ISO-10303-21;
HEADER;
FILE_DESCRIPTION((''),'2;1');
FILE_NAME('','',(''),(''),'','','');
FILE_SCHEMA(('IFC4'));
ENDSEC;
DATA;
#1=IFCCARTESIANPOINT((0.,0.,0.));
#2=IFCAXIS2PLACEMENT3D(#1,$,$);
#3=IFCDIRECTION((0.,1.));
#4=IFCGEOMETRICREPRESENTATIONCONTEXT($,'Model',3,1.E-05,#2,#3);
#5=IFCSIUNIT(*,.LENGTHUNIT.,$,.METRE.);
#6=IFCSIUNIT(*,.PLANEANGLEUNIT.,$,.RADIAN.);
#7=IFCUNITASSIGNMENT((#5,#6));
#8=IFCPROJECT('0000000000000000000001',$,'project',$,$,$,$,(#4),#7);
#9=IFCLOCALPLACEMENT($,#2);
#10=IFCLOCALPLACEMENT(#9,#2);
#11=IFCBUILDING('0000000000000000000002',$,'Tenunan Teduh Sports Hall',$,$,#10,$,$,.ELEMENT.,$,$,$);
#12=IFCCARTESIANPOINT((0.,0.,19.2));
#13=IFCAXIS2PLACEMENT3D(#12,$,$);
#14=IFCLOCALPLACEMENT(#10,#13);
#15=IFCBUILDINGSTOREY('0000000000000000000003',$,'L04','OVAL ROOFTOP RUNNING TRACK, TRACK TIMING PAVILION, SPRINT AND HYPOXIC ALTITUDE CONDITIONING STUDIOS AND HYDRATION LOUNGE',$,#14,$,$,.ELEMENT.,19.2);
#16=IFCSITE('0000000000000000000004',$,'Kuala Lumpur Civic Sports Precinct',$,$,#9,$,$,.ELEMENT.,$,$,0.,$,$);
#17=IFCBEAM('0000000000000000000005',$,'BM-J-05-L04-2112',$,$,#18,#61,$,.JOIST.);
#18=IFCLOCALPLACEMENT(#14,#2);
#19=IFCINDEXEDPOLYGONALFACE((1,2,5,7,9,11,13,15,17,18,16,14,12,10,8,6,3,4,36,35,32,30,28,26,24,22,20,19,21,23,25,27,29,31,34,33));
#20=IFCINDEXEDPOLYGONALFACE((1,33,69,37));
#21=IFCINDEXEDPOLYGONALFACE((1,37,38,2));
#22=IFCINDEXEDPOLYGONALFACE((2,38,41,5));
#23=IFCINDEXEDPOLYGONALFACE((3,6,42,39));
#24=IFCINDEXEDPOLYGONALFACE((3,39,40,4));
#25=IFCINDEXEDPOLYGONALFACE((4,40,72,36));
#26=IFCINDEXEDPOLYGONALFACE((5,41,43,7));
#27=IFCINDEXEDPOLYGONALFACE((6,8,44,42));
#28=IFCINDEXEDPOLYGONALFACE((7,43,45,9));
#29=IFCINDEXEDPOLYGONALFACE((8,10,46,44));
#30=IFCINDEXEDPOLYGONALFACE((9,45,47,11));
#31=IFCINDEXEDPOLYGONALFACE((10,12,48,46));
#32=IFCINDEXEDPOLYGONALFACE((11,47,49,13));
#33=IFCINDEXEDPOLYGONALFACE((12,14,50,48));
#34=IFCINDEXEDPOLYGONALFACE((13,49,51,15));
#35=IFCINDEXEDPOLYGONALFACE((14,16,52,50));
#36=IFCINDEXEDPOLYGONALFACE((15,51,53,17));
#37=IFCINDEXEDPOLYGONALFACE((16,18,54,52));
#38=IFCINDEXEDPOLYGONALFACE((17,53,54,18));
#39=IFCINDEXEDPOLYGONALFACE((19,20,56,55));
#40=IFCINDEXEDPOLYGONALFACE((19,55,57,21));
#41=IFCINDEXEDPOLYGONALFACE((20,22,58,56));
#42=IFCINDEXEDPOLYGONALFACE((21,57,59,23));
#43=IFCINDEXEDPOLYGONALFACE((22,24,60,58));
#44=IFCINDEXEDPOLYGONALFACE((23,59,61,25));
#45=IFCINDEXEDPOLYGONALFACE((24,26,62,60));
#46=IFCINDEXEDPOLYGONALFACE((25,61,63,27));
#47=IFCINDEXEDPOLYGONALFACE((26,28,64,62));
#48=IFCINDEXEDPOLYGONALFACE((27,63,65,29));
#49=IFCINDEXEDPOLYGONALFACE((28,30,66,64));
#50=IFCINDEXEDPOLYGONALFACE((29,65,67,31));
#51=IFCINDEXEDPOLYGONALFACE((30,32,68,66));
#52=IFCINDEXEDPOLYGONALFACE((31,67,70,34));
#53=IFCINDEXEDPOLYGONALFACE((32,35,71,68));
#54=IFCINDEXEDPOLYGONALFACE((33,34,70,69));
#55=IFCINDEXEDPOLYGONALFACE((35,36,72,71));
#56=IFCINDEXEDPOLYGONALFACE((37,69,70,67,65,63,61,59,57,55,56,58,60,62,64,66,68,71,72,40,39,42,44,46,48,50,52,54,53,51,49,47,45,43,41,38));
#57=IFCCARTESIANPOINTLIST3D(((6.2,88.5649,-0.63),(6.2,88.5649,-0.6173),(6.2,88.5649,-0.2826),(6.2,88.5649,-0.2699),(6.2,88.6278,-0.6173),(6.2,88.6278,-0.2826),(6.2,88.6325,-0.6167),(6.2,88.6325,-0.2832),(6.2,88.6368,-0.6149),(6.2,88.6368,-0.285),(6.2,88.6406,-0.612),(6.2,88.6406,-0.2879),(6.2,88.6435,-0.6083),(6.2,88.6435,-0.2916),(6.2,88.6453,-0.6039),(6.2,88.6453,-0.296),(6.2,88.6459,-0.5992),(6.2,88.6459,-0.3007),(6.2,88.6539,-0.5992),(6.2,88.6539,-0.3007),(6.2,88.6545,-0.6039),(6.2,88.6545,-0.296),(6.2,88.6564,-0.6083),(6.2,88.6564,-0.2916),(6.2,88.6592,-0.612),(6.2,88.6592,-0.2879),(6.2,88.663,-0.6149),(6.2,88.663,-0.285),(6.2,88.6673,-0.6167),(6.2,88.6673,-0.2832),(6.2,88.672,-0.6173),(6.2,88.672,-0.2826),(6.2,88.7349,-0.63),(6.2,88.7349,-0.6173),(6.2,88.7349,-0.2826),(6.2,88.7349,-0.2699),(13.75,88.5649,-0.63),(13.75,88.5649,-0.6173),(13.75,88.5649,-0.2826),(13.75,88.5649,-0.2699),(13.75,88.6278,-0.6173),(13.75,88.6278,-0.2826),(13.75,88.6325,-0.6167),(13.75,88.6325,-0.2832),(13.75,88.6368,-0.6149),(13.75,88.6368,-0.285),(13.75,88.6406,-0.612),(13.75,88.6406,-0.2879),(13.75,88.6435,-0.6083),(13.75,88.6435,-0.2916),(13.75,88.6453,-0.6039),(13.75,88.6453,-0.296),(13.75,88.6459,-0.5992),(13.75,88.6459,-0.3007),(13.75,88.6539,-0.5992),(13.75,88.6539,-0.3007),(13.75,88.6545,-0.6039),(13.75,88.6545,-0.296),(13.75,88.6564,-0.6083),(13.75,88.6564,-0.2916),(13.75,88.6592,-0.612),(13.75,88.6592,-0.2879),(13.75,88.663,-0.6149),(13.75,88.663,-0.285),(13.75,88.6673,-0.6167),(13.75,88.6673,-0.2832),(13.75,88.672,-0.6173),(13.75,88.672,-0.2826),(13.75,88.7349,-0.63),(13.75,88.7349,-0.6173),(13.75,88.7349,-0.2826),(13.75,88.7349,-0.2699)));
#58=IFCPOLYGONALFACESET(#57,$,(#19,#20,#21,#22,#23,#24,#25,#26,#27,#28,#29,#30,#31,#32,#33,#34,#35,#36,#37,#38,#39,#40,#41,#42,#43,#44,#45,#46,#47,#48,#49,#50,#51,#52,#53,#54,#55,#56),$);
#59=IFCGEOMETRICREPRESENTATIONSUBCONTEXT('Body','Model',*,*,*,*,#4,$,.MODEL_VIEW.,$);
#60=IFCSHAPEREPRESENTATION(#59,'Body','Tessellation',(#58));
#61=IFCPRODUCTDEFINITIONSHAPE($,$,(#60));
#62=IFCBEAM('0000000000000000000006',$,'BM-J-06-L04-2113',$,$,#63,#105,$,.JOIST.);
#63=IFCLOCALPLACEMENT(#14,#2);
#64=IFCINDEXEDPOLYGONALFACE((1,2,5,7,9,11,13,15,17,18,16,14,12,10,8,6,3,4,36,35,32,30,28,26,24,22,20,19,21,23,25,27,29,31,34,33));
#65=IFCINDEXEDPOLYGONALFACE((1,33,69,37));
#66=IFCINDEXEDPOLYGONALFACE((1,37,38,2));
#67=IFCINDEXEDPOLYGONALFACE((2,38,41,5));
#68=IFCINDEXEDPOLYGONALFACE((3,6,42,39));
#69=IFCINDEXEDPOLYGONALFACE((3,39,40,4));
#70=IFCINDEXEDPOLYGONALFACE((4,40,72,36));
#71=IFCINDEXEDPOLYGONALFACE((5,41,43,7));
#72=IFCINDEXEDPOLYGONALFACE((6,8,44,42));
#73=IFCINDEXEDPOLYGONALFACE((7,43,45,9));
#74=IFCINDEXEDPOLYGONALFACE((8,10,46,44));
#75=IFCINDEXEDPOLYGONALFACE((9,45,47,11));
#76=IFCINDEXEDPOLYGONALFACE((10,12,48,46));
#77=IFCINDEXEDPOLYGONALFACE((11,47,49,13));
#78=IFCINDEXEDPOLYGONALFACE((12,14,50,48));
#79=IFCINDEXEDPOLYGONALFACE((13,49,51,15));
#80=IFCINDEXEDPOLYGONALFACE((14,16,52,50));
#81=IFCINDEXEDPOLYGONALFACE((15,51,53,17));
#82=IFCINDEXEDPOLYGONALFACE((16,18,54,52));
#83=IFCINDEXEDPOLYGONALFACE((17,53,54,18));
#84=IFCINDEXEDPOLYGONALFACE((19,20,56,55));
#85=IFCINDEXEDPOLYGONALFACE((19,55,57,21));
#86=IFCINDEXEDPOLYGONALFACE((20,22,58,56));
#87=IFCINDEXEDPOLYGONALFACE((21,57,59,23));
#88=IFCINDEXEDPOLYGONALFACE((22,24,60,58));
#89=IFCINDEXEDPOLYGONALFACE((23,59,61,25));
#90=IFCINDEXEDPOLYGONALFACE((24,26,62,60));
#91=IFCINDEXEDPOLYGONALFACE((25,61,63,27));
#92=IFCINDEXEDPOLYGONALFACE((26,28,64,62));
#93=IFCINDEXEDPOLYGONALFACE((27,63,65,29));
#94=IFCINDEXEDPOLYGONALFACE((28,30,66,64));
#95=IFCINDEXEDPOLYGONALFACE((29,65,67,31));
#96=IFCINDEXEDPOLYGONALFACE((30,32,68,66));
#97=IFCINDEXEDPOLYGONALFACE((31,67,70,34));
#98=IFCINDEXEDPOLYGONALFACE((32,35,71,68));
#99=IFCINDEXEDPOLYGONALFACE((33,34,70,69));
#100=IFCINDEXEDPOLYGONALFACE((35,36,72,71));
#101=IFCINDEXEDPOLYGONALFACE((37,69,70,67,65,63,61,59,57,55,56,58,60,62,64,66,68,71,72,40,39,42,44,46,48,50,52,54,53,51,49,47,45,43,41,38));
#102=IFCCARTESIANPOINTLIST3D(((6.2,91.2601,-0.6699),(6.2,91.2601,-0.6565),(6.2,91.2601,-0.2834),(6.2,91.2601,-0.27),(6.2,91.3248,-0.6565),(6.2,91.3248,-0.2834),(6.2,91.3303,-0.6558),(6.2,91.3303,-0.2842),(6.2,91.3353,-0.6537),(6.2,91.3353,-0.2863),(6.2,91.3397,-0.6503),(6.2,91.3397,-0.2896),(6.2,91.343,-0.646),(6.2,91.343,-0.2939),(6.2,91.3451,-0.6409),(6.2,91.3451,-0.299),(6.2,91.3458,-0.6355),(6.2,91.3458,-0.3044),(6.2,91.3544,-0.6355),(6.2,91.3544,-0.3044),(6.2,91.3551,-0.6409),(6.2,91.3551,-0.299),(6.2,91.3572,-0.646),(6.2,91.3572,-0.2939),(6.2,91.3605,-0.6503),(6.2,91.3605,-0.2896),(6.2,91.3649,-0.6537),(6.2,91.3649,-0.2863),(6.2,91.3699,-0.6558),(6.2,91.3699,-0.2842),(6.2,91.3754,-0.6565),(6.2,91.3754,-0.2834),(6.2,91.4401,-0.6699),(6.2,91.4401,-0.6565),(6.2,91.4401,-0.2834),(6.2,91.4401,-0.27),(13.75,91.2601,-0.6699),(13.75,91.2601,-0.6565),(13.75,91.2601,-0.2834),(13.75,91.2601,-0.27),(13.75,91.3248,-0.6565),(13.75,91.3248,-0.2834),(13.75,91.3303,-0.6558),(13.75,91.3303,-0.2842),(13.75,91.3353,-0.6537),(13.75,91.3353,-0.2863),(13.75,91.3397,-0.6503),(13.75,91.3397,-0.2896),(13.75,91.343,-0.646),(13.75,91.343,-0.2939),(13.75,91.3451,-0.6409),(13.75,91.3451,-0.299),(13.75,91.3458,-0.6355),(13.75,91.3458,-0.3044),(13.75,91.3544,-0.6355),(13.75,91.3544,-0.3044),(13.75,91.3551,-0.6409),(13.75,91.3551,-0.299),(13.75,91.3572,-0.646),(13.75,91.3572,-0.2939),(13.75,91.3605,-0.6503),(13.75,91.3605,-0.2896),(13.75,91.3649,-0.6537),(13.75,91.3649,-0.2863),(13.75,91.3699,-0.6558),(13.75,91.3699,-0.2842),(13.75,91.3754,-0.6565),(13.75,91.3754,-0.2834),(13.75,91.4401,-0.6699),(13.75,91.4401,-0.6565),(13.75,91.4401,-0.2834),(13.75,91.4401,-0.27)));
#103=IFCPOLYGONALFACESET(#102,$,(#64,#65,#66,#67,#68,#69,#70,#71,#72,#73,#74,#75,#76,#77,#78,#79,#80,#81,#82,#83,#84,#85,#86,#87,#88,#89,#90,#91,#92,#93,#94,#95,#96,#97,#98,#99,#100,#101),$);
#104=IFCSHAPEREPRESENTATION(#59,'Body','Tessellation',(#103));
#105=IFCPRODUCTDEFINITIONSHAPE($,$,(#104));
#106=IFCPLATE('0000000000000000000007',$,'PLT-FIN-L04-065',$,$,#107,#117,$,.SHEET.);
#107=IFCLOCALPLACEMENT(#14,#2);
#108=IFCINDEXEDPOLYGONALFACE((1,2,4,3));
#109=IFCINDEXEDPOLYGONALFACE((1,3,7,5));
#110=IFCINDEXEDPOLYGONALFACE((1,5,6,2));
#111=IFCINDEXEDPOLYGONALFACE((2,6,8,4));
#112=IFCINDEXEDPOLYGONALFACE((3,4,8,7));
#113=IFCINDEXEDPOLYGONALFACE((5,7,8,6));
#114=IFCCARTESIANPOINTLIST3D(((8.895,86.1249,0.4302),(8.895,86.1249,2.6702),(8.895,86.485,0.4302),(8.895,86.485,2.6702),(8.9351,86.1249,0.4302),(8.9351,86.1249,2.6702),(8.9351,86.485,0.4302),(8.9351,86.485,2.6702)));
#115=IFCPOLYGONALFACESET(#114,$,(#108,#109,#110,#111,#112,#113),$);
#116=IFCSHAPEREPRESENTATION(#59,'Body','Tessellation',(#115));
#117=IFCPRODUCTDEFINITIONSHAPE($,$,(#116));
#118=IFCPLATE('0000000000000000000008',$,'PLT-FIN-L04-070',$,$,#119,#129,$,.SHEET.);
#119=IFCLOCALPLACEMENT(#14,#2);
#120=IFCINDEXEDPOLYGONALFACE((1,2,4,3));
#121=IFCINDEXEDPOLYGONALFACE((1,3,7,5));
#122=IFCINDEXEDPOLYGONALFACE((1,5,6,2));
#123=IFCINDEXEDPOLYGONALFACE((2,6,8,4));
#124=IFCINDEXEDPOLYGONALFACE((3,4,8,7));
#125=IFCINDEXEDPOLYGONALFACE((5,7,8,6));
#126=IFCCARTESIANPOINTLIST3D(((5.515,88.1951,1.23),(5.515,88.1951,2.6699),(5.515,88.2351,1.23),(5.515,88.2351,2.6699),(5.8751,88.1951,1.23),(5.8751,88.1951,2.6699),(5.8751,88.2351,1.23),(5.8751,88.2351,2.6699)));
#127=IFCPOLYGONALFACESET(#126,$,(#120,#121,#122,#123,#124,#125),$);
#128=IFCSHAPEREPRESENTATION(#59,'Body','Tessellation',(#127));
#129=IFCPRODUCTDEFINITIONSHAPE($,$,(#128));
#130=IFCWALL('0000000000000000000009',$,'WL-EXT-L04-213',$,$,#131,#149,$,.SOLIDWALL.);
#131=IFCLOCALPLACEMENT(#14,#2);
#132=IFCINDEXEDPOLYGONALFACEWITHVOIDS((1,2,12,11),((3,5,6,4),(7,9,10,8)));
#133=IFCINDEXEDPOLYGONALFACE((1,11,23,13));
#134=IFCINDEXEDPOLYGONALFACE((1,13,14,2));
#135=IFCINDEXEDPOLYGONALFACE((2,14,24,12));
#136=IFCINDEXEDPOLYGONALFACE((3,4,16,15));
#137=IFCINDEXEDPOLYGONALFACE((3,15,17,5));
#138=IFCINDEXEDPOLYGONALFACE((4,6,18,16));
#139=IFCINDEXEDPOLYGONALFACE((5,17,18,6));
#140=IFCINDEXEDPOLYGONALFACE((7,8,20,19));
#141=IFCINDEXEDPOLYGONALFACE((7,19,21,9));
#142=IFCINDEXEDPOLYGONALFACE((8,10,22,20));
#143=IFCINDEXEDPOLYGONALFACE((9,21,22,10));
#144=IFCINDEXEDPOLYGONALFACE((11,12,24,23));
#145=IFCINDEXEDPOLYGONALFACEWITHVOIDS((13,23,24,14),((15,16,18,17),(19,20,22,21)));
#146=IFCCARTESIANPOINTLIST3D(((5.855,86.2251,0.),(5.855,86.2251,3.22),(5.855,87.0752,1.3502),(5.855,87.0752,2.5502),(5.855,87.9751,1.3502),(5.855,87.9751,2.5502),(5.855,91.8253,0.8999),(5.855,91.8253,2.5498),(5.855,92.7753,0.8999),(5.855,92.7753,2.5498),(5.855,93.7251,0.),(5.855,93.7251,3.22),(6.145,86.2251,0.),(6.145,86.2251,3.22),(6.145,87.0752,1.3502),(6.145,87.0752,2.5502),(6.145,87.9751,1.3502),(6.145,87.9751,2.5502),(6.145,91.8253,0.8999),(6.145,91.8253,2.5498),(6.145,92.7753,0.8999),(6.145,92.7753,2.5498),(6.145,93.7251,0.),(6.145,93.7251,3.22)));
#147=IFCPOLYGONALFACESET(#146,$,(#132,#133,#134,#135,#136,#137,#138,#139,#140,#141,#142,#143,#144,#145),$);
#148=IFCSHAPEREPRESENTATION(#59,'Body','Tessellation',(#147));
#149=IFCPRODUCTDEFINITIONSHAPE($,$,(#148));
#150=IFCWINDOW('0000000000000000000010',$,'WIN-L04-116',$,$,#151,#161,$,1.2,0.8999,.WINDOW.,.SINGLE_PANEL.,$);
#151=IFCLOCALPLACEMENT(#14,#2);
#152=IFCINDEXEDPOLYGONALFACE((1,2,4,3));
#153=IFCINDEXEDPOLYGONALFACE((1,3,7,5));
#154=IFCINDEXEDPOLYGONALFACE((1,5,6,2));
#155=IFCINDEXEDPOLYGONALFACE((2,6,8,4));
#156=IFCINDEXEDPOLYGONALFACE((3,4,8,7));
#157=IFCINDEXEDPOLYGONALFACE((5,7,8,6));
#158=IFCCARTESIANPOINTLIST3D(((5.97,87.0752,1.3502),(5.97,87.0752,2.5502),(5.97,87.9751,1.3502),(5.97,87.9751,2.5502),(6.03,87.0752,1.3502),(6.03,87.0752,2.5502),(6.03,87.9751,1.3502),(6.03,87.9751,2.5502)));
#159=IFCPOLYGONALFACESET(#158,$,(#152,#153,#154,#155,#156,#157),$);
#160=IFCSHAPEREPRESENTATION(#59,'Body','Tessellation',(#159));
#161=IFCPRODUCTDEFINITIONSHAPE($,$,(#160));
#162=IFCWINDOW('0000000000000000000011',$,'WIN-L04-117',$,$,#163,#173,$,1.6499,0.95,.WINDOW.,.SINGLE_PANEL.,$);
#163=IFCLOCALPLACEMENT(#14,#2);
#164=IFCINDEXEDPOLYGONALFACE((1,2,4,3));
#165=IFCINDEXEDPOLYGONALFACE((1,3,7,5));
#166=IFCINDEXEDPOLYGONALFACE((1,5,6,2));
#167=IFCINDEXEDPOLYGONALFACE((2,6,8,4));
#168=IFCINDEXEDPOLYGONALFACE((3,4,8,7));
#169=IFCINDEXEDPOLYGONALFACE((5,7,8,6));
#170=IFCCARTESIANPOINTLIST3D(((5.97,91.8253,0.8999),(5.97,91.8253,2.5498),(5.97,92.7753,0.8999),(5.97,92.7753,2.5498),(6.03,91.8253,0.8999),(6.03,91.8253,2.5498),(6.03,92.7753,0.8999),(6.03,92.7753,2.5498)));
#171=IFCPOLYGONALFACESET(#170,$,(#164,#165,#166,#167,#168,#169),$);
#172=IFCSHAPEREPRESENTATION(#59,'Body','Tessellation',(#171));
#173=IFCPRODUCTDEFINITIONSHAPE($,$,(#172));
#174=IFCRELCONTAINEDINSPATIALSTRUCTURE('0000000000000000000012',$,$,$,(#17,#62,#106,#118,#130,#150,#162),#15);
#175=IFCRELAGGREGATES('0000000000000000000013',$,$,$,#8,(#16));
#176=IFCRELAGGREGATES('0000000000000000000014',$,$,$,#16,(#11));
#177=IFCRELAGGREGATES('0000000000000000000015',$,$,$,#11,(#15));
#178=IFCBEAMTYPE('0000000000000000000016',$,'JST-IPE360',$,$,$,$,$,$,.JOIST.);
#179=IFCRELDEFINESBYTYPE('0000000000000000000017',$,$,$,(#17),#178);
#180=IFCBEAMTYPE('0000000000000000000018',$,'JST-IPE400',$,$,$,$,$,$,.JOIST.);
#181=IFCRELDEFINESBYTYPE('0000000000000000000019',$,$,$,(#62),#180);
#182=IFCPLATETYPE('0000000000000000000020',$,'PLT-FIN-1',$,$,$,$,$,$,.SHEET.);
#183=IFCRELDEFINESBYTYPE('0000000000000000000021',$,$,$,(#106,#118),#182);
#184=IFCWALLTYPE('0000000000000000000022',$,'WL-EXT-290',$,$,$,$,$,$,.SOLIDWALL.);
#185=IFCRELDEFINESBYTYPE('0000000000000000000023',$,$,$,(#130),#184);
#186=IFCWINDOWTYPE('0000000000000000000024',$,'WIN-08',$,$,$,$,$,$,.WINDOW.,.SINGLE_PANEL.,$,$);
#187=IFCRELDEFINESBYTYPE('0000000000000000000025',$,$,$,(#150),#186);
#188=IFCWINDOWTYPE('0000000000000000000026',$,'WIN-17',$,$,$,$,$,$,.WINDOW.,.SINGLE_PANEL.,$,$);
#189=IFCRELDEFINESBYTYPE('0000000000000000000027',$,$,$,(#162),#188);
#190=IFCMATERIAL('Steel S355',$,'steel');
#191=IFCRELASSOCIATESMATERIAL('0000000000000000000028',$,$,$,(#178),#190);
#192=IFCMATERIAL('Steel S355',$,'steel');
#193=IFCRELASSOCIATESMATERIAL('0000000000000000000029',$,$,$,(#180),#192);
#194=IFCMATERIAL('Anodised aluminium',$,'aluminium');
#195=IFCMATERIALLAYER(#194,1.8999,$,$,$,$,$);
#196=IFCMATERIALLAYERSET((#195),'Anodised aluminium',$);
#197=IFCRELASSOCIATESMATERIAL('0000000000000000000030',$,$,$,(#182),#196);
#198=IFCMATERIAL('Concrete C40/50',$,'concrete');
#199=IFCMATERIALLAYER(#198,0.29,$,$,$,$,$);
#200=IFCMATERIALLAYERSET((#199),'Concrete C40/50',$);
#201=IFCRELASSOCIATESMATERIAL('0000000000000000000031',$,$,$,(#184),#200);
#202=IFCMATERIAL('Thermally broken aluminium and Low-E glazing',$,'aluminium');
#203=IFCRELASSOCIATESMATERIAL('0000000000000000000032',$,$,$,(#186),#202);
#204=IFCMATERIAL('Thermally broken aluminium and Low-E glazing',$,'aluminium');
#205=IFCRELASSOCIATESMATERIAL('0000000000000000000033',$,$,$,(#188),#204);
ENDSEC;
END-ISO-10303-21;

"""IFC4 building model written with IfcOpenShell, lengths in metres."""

from ifc_helpers import new_model, si_unit, direction, frame, frame_2d, origin, origin_2d, place, context, subcontext, project, spatial, rectangle, i_section, extrude, material, layer, layer_set, material_profile, profile_set, type_object, element, fill, save


model = new_model("IFC4")

# Units and contexts
model_context = context("Model", 3, precision=1e-05, world=origin(), true_north=direction((0.0, 1.0)))
body_context = subcontext(model_context, "Body", "Model", "MODEL_VIEW")
ifc_project = project(units=[si_unit("LENGTHUNIT", "METRE"), si_unit("PLANEANGLEUNIT", "RADIAN")], contexts=[model_context])

# Site, building, storey
site_placement = place(None, origin())
site = spatial("IfcSite", under=ifc_project, at=site_placement, Name="Kuala Lumpur Civic Sports Precinct", CompositionType="ELEMENT", RefElevation=0.0)
building_placement = place(site_placement, origin())
building = spatial("IfcBuilding", under=site, at=building_placement, Name="Tenunan Teduh Sports Hall", CompositionType="ELEMENT")
storey_placement = place(building_placement, frame((0.0, 0.0, 19.2)))
storey = spatial("IfcBuildingStorey", under=building, at=storey_placement, Name="L04", Description="OVAL ROOFTOP RUNNING TRACK, TRACK TIMING PAVILION, SPRINT AND HYPOXIC ALTITUDE CONDITIONING STUDIOS AND HYDRATION LOUNGE", CompositionType="ELEMENT", Elevation=19.2)

# Beams
ifc_material_1 = material(Name="Steel S355", Category="steel")
ifc_material_profile_1 = material_profile(ifc_material_1, i_section(OverallWidth=0.1699, OverallDepth=0.3601, WebThickness=0.0081, FlangeThickness=0.0127, FilletRadius=0.0181, at=origin_2d()), Name="IPE 360")
ifc_profile_set_1 = profile_set([ifc_material_profile_1], Name="Steel S355")
beam_type_1 = type_object("IfcBeamType", Name="JST-IPE360", PredefinedType="JOIST", material=ifc_profile_set_1)
beam_1_placement = place(storey_placement, frame((6.2, 88.6499, -0.45), z_axis=(1.0, 0.0, 0.0), x_axis=(0.0, 1.0, 0.0)))
element("IfcBeam", 1, at=beam_1_placement, inside=storey, type_object=beam_type_1, Name="BM-J-05-L04-2112", PredefinedType="JOIST", context=body_context, shape_type="SweptSolid", body=[
    extrude(i_section(OverallWidth=0.1699, OverallDepth=0.3601, WebThickness=0.0081, FlangeThickness=0.0127, FilletRadius=0.0181, at=origin_2d()), origin(), (0.0, 0.0, 1.0), 7.55),
])
ifc_material_2 = material(Name="Steel S355", Category="steel")
ifc_material_profile_2 = material_profile(ifc_material_2, i_section(OverallWidth=0.1799, OverallDepth=0.3999, WebThickness=0.0085, FlangeThickness=0.0134, FilletRadius=0.021, at=origin_2d()), Name="IPE 400")
ifc_profile_set_2 = profile_set([ifc_material_profile_2], Name="Steel S355")
beam_type_2 = type_object("IfcBeamType", Name="JST-IPE400", PredefinedType="JOIST", material=ifc_profile_set_2)
beam_2_placement = place(storey_placement, frame((6.2, 91.3501, -0.47), z_axis=(1.0, 0.0, 0.0), x_axis=(0.0, 1.0, 0.0)))
element("IfcBeam", 2, at=beam_2_placement, inside=storey, type_object=beam_type_2, Name="BM-J-06-L04-2113", PredefinedType="JOIST", context=body_context, shape_type="SweptSolid", body=[
    extrude(i_section(OverallWidth=0.1799, OverallDepth=0.3999, WebThickness=0.0085, FlangeThickness=0.0134, FilletRadius=0.021, at=origin_2d()), origin(), (0.0, 0.0, 1.0), 7.55),
])

# Plates
ifc_material_3 = material(Name="Anodised aluminium", Category="aluminium")
ifc_layer_1 = layer(ifc_material_3, 1.8999)
ifc_layer_set_1 = layer_set([ifc_layer_1], Name="Anodised aluminium")
plate_type = type_object("IfcPlateType", Name="PLT-FIN-1", PredefinedType="SHEET", material=ifc_layer_set_1)
plate_1_placement = place(storey_placement, frame((8.915, 86.3049, 0.4302), z_axis=(0.0, 0.0, 1.0), x_axis=(1.0, 0.0, 0.0)))
element("IfcPlate", 3, at=plate_1_placement, inside=storey, type_object=plate_type, Name="PLT-FIN-L04-065", PredefinedType="SHEET", context=body_context, shape_type="SweptSolid", body=[
    extrude(rectangle(XDim=0.04, YDim=0.3601, at=origin_2d()), origin(), (0.0, 0.0, 1.0), 2.24),
])
plate_2_placement = place(storey_placement, frame((5.6951, 88.2151, 1.23), z_axis=(0.0, 0.0, 1.0), x_axis=(0.0, 1.0, 0.0)))
element("IfcPlate", 4, at=plate_2_placement, inside=storey, type_object=plate_type, Name="PLT-FIN-L04-070", PredefinedType="SHEET", context=body_context, shape_type="SweptSolid", body=[
    extrude(rectangle(XDim=0.04, YDim=0.3601, at=origin_2d()), origin(), (0.0, 0.0, 1.0), 1.4399),
])

# Wall, openings, windows
ifc_material_4 = material(Name="Concrete C40/50", Category="concrete")
ifc_layer_2 = layer(ifc_material_4, 0.29)
ifc_layer_set_2 = layer_set([ifc_layer_2], Name="Concrete C40/50")
wall_type_1 = type_object("IfcWallType", Name="WL-EXT-290", PredefinedType="SOLIDWALL", material=ifc_layer_set_2)
wall_1_placement = place(storey_placement, frame((6.0, 86.2251, 0.0), z_axis=(0.0, 0.0, 1.0), x_axis=(0.0, 1.0, 0.0)))
wall_1 = element("IfcWall", 5, at=wall_1_placement, inside=storey, type_object=wall_type_1, Name="WL-EXT-L04-213", PredefinedType="SOLIDWALL", context=body_context, shape_type="SweptSolid", body=[
    extrude(rectangle(XDim=7.5, YDim=0.29, at=frame_2d((3.75, 0.0))), origin(), (0.0, 0.0, 1.0), 3.22),
])
opening_1_placement = place(wall_1_placement, frame((0.8501, 0.0, 1.3501)))
opening_1 = element("IfcOpeningElement", 6, at=opening_1_placement, cuts=wall_1, PredefinedType="OPENING", context=body_context, shape_type="SweptSolid", body=[
    extrude(rectangle(XDim=0.8999, YDim=1.2, at=frame_2d((0.45, 0.6001))), frame((0.0, 0.155, 0.0), z_axis=(0.0, -1.0, 0.0), x_axis=(1.0, 0.0, 0.0)), (0.0, 0.0, 1.0), 0.3101),
])
opening_2_placement = place(wall_1_placement, frame((5.6001, 0.0, 0.8999)))
opening_2 = element("IfcOpeningElement", 7, at=opening_2_placement, cuts=wall_1, PredefinedType="OPENING", context=body_context, shape_type="SweptSolid", body=[
    extrude(rectangle(XDim=0.95, YDim=1.6499, at=frame_2d((0.4751, 0.825))), frame((0.0, 0.155, 0.0), z_axis=(0.0, -1.0, 0.0), x_axis=(1.0, 0.0, 0.0)), (0.0, 0.0, 1.0), 0.3101),
])
ifc_material_5 = material(Name="Thermally broken aluminium and Low-E glazing", Category="aluminium")
window_type_1 = type_object("IfcWindowType", Name="WIN-08", PartitioningType="SINGLE_PANEL", PredefinedType="WINDOW", material=ifc_material_5)
window_1_placement = place(opening_1_placement, origin())
window_1 = element("IfcWindow", 8, at=window_1_placement, inside=storey, type_object=window_type_1, Name="WIN-L04-116", OverallHeight=1.2, OverallWidth=0.8999, PartitioningType="SINGLE_PANEL", PredefinedType="WINDOW", context=body_context, shape_type="SweptSolid", body=[
    extrude(rectangle(XDim=0.8999, YDim=1.2, at=frame_2d((0.45, 0.6001))), frame((0.0, 0.03, 0.0), z_axis=(0.0, -1.0, 0.0), x_axis=(1.0, 0.0, 0.0)), (0.0, 0.0, 1.0), 0.0601),
])
fill(opening_1, window_1)
ifc_material_6 = material(Name="Thermally broken aluminium and Low-E glazing", Category="aluminium")
window_type_2 = type_object("IfcWindowType", Name="WIN-17", PartitioningType="SINGLE_PANEL", PredefinedType="WINDOW", material=ifc_material_6)
window_2_placement = place(opening_2_placement, origin())
window_2 = element("IfcWindow", 9, at=window_2_placement, inside=storey, type_object=window_type_2, Name="WIN-L04-117", OverallHeight=1.6499, OverallWidth=0.95, PartitioningType="SINGLE_PANEL", PredefinedType="WINDOW", context=body_context, shape_type="SweptSolid", body=[
    extrude(rectangle(XDim=0.95, YDim=1.6499, at=frame_2d((0.4751, 0.825))), frame((0.0, 0.03, 0.0), z_axis=(0.0, -1.0, 0.0), x_axis=(1.0, 0.0, 0.0)), (0.0, 0.0, 1.0), 0.0601),
])
fill(opening_2, window_2)

save(model, "model.ifc")
